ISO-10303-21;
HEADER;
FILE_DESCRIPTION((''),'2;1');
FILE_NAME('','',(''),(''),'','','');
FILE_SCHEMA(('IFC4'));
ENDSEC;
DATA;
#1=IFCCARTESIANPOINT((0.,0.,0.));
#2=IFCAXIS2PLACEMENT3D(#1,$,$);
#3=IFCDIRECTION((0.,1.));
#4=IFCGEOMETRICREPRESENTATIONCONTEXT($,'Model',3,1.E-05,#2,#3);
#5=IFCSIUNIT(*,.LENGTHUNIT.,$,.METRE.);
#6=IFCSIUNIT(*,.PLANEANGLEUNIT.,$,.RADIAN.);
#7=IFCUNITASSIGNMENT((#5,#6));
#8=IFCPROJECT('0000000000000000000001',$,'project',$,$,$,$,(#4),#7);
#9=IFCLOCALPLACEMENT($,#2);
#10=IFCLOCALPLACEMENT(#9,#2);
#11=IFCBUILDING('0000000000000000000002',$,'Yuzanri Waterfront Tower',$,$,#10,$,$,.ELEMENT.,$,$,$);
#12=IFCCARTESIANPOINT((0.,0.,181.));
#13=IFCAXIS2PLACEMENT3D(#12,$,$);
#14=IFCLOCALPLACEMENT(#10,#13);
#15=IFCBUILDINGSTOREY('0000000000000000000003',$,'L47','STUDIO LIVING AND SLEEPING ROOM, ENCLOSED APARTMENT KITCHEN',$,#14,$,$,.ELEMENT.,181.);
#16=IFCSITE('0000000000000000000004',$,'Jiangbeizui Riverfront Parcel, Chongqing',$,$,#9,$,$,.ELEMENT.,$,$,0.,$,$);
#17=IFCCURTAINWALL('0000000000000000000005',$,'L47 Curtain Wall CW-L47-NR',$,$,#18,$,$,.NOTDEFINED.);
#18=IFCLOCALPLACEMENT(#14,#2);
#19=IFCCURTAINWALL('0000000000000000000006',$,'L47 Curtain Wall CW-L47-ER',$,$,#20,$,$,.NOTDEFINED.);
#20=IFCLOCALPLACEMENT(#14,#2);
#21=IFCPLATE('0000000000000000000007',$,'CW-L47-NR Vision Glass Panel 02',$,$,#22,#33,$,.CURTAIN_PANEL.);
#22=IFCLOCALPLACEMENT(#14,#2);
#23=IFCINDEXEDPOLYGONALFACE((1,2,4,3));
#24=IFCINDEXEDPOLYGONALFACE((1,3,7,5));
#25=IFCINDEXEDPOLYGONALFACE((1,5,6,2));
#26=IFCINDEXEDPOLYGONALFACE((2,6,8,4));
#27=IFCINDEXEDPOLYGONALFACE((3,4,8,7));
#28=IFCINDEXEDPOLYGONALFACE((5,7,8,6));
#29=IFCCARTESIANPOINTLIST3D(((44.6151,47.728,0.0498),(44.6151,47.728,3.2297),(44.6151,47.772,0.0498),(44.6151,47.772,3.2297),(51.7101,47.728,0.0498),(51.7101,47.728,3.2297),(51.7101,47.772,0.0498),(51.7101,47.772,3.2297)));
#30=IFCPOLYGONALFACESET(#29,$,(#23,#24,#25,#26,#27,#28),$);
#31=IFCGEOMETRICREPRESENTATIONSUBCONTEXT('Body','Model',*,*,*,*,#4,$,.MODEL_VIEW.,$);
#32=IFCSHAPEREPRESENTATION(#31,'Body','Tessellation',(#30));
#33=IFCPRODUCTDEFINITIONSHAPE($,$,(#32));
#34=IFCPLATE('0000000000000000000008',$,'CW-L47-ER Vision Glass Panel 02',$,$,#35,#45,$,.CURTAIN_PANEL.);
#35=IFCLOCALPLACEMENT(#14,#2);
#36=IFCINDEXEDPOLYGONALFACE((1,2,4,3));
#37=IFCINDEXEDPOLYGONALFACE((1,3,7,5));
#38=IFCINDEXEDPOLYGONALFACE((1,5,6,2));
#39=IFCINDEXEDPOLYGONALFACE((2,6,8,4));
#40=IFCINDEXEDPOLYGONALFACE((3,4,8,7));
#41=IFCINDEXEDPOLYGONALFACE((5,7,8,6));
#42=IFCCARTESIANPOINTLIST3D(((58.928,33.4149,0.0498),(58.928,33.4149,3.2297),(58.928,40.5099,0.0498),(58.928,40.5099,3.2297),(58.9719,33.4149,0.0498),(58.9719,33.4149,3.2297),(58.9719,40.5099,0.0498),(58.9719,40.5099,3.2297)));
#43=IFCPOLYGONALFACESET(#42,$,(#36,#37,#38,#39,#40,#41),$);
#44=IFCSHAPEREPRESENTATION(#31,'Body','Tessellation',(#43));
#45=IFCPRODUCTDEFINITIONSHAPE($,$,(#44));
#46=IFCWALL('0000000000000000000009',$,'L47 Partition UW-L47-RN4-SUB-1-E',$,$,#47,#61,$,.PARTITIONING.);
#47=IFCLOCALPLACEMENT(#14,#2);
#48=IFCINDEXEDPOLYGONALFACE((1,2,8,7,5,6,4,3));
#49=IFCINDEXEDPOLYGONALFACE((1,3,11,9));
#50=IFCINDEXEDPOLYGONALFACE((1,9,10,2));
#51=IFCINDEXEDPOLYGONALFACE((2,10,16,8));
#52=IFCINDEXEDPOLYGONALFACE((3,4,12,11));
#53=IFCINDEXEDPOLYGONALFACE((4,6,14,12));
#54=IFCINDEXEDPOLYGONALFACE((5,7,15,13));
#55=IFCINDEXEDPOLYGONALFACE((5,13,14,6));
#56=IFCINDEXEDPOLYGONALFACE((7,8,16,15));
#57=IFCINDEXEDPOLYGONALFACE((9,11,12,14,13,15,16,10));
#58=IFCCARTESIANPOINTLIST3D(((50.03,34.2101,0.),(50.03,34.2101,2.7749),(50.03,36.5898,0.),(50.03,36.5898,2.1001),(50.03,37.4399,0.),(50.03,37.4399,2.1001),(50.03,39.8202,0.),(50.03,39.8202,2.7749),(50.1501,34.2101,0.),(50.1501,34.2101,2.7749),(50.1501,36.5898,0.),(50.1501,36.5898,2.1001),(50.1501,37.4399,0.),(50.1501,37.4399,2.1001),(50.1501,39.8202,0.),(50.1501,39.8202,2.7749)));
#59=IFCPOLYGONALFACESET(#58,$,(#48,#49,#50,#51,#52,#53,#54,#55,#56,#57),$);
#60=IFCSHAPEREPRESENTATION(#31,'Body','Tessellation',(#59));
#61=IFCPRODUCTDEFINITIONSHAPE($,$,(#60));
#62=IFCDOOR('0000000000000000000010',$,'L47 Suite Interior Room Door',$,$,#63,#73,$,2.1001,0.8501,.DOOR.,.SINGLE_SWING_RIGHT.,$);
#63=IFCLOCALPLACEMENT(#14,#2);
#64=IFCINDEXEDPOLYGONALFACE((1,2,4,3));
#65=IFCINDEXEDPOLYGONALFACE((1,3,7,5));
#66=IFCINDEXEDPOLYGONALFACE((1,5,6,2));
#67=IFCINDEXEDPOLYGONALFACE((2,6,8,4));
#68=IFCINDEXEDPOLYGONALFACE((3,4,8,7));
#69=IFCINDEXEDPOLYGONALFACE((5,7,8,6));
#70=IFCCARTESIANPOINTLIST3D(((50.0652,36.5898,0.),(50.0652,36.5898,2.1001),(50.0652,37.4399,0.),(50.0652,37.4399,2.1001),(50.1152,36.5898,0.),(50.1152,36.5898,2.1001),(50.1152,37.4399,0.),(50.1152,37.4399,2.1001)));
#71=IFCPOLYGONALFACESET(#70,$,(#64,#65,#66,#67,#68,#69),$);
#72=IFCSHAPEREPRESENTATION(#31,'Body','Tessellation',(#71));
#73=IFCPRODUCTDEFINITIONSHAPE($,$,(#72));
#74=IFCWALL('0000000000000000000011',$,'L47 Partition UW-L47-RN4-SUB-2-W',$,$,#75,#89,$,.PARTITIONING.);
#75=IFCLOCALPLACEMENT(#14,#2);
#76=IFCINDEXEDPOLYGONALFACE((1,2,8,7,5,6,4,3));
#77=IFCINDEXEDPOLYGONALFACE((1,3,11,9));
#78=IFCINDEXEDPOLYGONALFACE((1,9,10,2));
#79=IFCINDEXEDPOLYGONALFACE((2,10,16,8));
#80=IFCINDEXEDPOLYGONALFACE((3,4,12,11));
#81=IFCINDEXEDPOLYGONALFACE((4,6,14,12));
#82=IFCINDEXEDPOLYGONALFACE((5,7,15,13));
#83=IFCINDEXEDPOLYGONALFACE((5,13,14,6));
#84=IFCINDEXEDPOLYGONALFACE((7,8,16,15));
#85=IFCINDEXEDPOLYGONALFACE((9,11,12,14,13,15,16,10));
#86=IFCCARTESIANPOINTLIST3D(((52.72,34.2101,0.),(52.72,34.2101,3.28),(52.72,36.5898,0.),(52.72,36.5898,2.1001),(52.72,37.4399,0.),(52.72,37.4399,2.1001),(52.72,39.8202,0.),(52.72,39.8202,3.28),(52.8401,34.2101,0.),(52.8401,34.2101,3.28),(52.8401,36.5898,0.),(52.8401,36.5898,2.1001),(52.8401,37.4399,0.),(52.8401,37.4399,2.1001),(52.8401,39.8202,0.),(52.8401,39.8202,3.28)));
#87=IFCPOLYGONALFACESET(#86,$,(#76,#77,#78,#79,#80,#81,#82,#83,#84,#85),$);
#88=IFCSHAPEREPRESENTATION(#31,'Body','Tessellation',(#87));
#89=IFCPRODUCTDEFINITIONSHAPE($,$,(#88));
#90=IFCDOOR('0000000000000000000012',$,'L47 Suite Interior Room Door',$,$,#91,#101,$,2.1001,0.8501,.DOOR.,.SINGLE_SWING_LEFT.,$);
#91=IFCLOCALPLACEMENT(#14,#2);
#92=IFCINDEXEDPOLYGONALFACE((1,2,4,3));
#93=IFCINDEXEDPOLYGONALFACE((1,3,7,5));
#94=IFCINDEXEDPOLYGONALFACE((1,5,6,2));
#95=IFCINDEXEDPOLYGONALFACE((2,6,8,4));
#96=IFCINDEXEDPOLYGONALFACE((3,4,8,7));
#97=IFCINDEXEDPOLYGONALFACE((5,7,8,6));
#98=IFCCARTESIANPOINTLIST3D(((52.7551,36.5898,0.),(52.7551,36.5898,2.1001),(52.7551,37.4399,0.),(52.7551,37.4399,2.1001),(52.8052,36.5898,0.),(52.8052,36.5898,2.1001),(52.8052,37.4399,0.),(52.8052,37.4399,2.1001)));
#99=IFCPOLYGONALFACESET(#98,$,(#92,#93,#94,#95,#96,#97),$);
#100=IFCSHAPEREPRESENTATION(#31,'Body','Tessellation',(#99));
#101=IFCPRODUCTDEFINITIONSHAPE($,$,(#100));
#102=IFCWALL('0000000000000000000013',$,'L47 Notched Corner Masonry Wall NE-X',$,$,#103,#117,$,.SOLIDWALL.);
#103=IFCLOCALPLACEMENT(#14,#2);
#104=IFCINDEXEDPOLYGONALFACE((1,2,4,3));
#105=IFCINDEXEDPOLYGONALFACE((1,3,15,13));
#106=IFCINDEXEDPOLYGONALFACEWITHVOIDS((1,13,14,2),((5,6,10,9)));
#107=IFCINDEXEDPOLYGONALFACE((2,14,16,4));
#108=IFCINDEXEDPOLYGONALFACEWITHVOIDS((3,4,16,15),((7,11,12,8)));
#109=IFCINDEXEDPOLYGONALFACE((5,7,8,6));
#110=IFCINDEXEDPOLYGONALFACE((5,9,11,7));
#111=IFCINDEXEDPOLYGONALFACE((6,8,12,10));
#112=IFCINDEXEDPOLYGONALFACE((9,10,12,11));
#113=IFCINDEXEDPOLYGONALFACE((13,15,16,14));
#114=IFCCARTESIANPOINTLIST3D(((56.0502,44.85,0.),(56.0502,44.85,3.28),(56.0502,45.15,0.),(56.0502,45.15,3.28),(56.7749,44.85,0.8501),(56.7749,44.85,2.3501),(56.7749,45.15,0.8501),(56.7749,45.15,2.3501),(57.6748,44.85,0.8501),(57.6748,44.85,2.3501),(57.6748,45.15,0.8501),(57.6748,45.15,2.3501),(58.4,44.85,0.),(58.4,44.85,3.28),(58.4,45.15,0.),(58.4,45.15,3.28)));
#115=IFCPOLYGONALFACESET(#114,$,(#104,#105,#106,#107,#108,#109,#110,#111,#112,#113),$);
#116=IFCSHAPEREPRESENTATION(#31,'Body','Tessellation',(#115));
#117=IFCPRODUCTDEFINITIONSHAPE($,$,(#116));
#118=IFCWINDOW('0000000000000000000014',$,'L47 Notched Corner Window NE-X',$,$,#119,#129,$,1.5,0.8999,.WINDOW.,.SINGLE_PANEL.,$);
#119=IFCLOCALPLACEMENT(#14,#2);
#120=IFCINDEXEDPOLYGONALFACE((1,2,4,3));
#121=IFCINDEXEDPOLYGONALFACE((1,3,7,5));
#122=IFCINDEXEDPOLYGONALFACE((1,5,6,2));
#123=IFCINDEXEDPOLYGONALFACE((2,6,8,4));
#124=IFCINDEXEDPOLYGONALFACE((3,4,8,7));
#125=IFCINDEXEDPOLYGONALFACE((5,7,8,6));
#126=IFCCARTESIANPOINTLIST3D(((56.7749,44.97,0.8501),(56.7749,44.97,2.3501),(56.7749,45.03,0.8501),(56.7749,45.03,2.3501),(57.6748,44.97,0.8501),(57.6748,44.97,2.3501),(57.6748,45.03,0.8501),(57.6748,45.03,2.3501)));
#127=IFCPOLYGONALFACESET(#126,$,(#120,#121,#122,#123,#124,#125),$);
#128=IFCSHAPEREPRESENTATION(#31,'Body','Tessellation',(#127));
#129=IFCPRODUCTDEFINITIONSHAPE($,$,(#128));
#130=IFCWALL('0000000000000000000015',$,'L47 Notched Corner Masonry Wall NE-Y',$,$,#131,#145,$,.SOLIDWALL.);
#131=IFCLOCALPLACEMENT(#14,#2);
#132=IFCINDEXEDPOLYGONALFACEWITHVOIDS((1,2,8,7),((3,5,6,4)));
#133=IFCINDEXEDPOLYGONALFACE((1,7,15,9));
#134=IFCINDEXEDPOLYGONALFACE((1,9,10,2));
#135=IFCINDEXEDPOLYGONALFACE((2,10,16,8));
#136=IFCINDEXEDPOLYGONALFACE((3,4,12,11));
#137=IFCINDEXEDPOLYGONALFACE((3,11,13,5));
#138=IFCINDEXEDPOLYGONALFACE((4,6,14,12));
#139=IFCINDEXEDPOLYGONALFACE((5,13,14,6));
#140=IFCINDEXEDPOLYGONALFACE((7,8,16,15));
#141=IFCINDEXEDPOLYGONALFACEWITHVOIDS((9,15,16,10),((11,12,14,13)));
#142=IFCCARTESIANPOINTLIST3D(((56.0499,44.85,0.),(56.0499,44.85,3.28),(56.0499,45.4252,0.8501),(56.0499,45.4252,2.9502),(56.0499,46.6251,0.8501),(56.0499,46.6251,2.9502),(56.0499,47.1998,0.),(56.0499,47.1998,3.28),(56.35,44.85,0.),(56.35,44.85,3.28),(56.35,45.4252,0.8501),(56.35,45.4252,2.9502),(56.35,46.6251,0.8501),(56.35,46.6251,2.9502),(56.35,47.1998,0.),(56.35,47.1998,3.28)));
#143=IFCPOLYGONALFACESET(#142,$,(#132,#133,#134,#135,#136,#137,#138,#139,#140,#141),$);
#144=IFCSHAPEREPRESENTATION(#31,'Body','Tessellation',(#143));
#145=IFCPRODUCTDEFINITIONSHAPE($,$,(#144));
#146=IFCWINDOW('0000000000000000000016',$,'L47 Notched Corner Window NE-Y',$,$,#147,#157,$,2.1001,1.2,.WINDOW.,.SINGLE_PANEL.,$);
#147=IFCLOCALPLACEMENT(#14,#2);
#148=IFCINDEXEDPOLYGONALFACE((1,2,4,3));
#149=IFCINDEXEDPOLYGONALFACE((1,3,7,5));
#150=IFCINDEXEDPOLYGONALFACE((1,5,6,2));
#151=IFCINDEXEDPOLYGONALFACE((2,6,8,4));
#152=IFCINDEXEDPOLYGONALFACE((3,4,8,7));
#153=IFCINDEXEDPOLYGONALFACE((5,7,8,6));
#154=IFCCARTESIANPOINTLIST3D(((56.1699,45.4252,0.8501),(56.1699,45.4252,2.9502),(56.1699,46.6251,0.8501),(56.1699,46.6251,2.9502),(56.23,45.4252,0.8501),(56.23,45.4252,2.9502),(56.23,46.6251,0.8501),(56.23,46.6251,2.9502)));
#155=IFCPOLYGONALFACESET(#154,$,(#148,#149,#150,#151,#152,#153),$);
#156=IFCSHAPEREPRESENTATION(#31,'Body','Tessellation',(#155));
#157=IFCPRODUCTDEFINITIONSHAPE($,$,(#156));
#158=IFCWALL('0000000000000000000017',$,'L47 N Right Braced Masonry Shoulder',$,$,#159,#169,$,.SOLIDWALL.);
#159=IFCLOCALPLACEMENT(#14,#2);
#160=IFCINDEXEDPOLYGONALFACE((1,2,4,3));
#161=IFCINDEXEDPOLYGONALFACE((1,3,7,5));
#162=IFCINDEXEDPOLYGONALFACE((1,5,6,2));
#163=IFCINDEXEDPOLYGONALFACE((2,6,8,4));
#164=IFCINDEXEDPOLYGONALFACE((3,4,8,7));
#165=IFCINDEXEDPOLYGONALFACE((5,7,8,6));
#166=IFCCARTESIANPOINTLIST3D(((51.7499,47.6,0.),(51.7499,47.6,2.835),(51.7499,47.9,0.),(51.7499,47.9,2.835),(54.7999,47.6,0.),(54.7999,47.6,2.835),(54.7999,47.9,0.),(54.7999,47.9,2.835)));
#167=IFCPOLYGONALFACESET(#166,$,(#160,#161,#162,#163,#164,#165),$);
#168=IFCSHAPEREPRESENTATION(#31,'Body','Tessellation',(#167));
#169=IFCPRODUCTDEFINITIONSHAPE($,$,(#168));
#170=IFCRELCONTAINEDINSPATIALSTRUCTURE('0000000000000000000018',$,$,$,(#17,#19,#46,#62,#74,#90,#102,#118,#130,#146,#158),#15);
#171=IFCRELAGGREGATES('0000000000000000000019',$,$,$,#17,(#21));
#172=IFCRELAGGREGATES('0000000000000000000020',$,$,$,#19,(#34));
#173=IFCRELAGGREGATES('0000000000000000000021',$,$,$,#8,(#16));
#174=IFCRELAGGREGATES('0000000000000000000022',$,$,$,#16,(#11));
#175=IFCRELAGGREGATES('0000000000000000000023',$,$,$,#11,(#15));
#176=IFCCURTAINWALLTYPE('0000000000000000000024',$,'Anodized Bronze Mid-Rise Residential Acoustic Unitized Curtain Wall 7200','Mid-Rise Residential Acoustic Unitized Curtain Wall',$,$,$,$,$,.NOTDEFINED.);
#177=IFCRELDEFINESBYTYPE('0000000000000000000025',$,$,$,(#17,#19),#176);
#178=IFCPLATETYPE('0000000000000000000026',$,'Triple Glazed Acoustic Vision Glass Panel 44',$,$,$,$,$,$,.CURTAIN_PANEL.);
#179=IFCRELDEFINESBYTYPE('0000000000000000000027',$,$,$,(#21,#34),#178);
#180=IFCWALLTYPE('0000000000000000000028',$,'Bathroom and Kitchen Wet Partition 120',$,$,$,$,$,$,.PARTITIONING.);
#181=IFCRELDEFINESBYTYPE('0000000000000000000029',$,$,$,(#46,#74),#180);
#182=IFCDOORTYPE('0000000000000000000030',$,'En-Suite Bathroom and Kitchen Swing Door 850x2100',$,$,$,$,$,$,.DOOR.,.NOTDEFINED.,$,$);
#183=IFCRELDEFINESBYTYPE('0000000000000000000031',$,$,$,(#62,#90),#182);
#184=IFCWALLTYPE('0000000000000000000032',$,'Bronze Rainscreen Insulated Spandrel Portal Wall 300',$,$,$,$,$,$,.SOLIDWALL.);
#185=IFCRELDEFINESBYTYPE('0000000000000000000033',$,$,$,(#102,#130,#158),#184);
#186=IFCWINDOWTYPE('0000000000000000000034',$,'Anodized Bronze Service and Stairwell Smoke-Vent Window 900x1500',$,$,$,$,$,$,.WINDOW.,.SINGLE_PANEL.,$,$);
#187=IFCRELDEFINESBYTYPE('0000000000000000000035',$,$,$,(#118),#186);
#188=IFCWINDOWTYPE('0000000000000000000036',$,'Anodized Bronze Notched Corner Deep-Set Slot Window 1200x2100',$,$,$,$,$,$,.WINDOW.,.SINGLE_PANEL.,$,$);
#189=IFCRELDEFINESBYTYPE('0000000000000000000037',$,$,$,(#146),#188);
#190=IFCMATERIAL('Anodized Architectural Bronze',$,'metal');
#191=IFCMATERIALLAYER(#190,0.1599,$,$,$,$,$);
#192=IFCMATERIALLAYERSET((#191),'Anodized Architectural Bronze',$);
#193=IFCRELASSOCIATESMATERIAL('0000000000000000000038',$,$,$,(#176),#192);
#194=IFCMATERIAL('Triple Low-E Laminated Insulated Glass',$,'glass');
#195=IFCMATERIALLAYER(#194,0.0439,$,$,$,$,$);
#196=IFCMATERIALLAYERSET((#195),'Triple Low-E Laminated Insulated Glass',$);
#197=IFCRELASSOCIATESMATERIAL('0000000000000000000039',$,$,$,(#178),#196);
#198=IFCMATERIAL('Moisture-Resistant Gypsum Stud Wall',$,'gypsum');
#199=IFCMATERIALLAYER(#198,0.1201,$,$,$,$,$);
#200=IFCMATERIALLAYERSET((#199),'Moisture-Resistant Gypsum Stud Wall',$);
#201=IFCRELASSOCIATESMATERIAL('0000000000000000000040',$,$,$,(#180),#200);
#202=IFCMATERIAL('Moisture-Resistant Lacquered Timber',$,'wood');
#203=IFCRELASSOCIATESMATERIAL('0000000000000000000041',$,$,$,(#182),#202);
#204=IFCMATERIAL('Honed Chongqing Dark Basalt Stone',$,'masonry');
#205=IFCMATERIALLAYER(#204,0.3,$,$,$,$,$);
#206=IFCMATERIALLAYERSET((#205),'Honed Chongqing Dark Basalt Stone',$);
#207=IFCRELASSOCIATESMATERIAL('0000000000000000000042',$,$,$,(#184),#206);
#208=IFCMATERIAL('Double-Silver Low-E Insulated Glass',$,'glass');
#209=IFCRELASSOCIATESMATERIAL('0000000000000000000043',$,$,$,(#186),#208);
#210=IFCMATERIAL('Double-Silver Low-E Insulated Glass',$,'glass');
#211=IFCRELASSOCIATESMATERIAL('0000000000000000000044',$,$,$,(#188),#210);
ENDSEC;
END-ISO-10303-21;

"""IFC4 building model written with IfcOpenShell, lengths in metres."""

from ifc_helpers import new_model, si_unit, direction, frame, frame_2d, origin, origin_2d, place, context, subcontext, project, spatial, rectangle, extrude, source, transform, mapped, material, layer, layer_set, type_object, element, fill, aggregate, save


model = new_model("IFC4")

# Units and contexts
model_context = context("Model", 3, precision=1e-05, world=origin(), true_north=direction((0.0, 1.0)))
body_context = subcontext(model_context, "Body", "Model", "MODEL_VIEW")
ifc_project = project(units=[si_unit("LENGTHUNIT", "METRE"), si_unit("PLANEANGLEUNIT", "RADIAN")], contexts=[model_context])

# Site, building, storey
site_placement = place(None, origin())
site = spatial("IfcSite", under=ifc_project, at=site_placement, Name="Jiangbeizui Riverfront Parcel, Chongqing", CompositionType="ELEMENT", RefElevation=0.0)
building_placement = place(site_placement, origin())
building = spatial("IfcBuilding", under=site, at=building_placement, Name="Yuzanri Waterfront Tower", CompositionType="ELEMENT")
storey_placement = place(building_placement, frame((0.0, 0.0, 181.0)))
storey = spatial("IfcBuildingStorey", under=building, at=storey_placement, Name="L47", Description="STUDIO LIVING AND SLEEPING ROOM, ENCLOSED APARTMENT KITCHEN", CompositionType="ELEMENT", Elevation=181.0)

# Curtain walls
ifc_material_1 = material(Name="Anodized Architectural Bronze", Category="metal")
ifc_layer_1 = layer(ifc_material_1, 0.1599)
ifc_layer_set_1 = layer_set([ifc_layer_1], Name="Anodized Architectural Bronze")
curtain_wall_type = type_object("IfcCurtainWallType", Name="Anodized Bronze Mid-Rise Residential Acoustic Unitized Curtain Wall 7200", Description="Mid-Rise Residential Acoustic Unitized Curtain Wall", PredefinedType="NOTDEFINED", material=ifc_layer_set_1)
curtain_wall_1_placement = place(storey_placement, origin())
curtain_wall_1 = element("IfcCurtainWall", 1, at=curtain_wall_1_placement, inside=storey, type_object=curtain_wall_type, Name="L47 Curtain Wall CW-L47-NR", PredefinedType="NOTDEFINED")
curtain_wall_2_placement = place(storey_placement, origin())
curtain_wall_2 = element("IfcCurtainWall", 2, at=curtain_wall_2_placement, inside=storey, type_object=curtain_wall_type, Name="L47 Curtain Wall CW-L47-ER", PredefinedType="NOTDEFINED")

# Plates
ifc_material_2 = material(Name="Triple Low-E Laminated Insulated Glass", Category="glass")
ifc_layer_2 = layer(ifc_material_2, 0.0439)
ifc_layer_set_2 = layer_set([ifc_layer_2], Name="Triple Low-E Laminated Insulated Glass")
plate_type_1 = type_object("IfcPlateType", Name="Triple Glazed Acoustic Vision Glass Panel 44", PredefinedType="CURTAIN_PANEL", material=ifc_layer_set_2)
shared_shape_1 = source(origin(), body_context, "Body", "SweptSolid", [
    extrude(rectangle(XDim=7.095, YDim=0.0439, at=origin_2d()), origin(), (0.0, 0.0, 1.0), 3.1799),
])
plate_1_placement = place(storey_placement, frame((48.1626, 47.75, 0.0498), z_axis=(0.0, 0.0, 1.0), x_axis=(1.0, 0.0, 0.0)))
plate_1 = element("IfcPlate", 3, at=plate_1_placement, type_object=plate_type_1, Name="CW-L47-NR Vision Glass Panel 02", PredefinedType="CURTAIN_PANEL", context=body_context, shape_type="MappedRepresentation", body=[
    mapped(shared_shape_1, transform((0.0, 0.0, 0.0), scale=1.0)),
])
aggregate(curtain_wall_1, [plate_1])
plate_2_placement = place(storey_placement, frame((58.95, 36.9624, 0.0498), z_axis=(0.0, 0.0, 1.0), x_axis=(0.0, 1.0, 0.0)))
plate_2 = element("IfcPlate", 4, at=plate_2_placement, type_object=plate_type_1, Name="CW-L47-ER Vision Glass Panel 02", PredefinedType="CURTAIN_PANEL", context=body_context, shape_type="MappedRepresentation", body=[
    mapped(shared_shape_1, transform((0.0, 0.0, 0.0), scale=1.0)),
])
aggregate(curtain_wall_2, [plate_2])

# Walls, openings, doors
ifc_material_3 = material(Name="Moisture-Resistant Gypsum Stud Wall", Category="gypsum")
ifc_layer_3 = layer(ifc_material_3, 0.1201)
ifc_layer_set_3 = layer_set([ifc_layer_3], Name="Moisture-Resistant Gypsum Stud Wall")
wall_type_1 = type_object("IfcWallType", Name="Bathroom and Kitchen Wet Partition 120", PredefinedType="PARTITIONING", material=ifc_layer_set_3)
wall_1_placement = place(storey_placement, frame((50.0901, 34.21, 0.0), z_axis=(0.0, 0.0, 1.0), x_axis=(0.0, 1.0, 0.0)))
wall_1 = element("IfcWall", 5, at=wall_1_placement, inside=storey, type_object=wall_type_1, Name="L47 Partition UW-L47-RN4-SUB-1-E", PredefinedType="PARTITIONING", context=body_context, shape_type="SweptSolid", body=[
    extrude(rectangle(XDim=5.6101, YDim=0.1201, at=frame_2d((2.8052, 0.0))), origin(), (0.0, 0.0, 1.0), 2.7749),
])
opening_1_placement = place(wall_1_placement, frame((2.3799, 0.0, 0.0)))
opening_1 = element("IfcOpeningElement", 6, at=opening_1_placement, cuts=wall_1, PredefinedType="OPENING", context=body_context, shape_type="SweptSolid", body=[
    extrude(rectangle(XDim=0.8501, YDim=2.1001, at=frame_2d((0.425, 1.05))), frame((0.0, 0.075, 0.0), z_axis=(0.0, -1.0, 0.0), x_axis=(1.0, 0.0, 0.0)), (0.0, 0.0, 1.0), 0.1499),
])
ifc_material_4 = material(Name="Moisture-Resistant Lacquered Timber", Category="wood")
door_type = type_object("IfcDoorType", Name="En-Suite Bathroom and Kitchen Swing Door 850x2100", OperationType="NOTDEFINED", PredefinedType="DOOR", material=ifc_material_4)
shared_shape_2 = source(origin(), body_context, "Body", "SweptSolid", [
    extrude(rectangle(XDim=0.8501, YDim=2.1001, at=frame_2d((0.425, 1.05))), frame((0.0, 0.0249, 0.0), z_axis=(0.0, -1.0, 0.0), x_axis=(1.0, 0.0, 0.0)), (0.0, 0.0, 1.0), 0.05),
])
door_1_placement = place(opening_1_placement, origin())
door_1 = element("IfcDoor", 7, at=door_1_placement, inside=storey, type_object=door_type, Name="L47 Suite Interior Room Door", OperationType="SINGLE_SWING_RIGHT", OverallHeight=2.1001, OverallWidth=0.8501, PredefinedType="DOOR", context=body_context, shape_type="MappedRepresentation", body=[
    mapped(shared_shape_2, transform((0.0, 0.0, 0.0), scale=1.0)),
])
fill(opening_1, door_1)
wall_2_placement = place(storey_placement, frame((52.78, 34.21, 0.0), z_axis=(0.0, 0.0, 1.0), x_axis=(0.0, 1.0, 0.0)))
wall_2 = element("IfcWall", 8, at=wall_2_placement, inside=storey, type_object=wall_type_1, Name="L47 Partition UW-L47-RN4-SUB-2-W", PredefinedType="PARTITIONING", context=body_context, shape_type="SweptSolid", body=[
    extrude(rectangle(XDim=5.6101, YDim=0.1201, at=frame_2d((2.8052, 0.0))), origin(), (0.0, 0.0, 1.0), 3.28),
])
opening_2_placement = place(wall_2_placement, frame((2.3799, 0.0, 0.0)))
opening_2 = element("IfcOpeningElement", 9, at=opening_2_placement, cuts=wall_2, PredefinedType="OPENING", context=body_context, shape_type="SweptSolid", body=[
    extrude(rectangle(XDim=0.8501, YDim=2.1001, at=frame_2d((0.425, 1.05))), frame((0.0, 0.075, 0.0), z_axis=(0.0, -1.0, 0.0), x_axis=(1.0, 0.0, 0.0)), (0.0, 0.0, 1.0), 0.1499),
])
door_2_placement = place(opening_2_placement, origin())
door_2 = element("IfcDoor", 10, at=door_2_placement, inside=storey, type_object=door_type, Name="L47 Suite Interior Room Door", OperationType="SINGLE_SWING_LEFT", OverallHeight=2.1001, OverallWidth=0.8501, PredefinedType="DOOR", context=body_context, shape_type="MappedRepresentation", body=[
    mapped(shared_shape_2, transform((0.0, 0.0, 0.0), scale=1.0)),
])
fill(opening_2, door_2)

# Walls, openings, windows
ifc_material_5 = material(Name="Honed Chongqing Dark Basalt Stone", Category="masonry")
ifc_layer_4 = layer(ifc_material_5, 0.3)
ifc_layer_set_4 = layer_set([ifc_layer_4], Name="Honed Chongqing Dark Basalt Stone")
wall_type_2 = type_object("IfcWallType", Name="Bronze Rainscreen Insulated Spandrel Portal Wall 300", PredefinedType="SOLIDWALL", material=ifc_layer_set_4)
wall_3_placement = place(storey_placement, frame((58.3999, 45.0, 0.0), z_axis=(0.0, 0.0, 1.0), x_axis=(-1.0, 0.0, 0.0)))
wall_3 = element("IfcWall", 11, at=wall_3_placement, inside=storey, type_object=wall_type_2, Name="L47 Notched Corner Masonry Wall NE-X", PredefinedType="SOLIDWALL", context=body_context, shape_type="SweptSolid", body=[
    extrude(rectangle(XDim=2.3499, YDim=0.3, at=frame_2d((1.1748, 0.0))), origin(), (0.0, 0.0, 1.0), 3.28),
])
opening_3_placement = place(wall_3_placement, frame((0.7251, 0.0, 0.8501)))
opening_3 = element("IfcOpeningElement", 12, at=opening_3_placement, cuts=wall_3, PredefinedType="OPENING", context=body_context, shape_type="SweptSolid", body=[
    extrude(rectangle(XDim=0.8999, YDim=1.5, at=frame_2d((0.45, 0.75))), frame((0.0, 0.165, 0.0), z_axis=(0.0, -1.0, 0.0), x_axis=(1.0, 0.0, 0.0)), (0.0, 0.0, 1.0), 0.3298),
])
ifc_material_6 = material(Name="Double-Silver Low-E Insulated Glass", Category="glass")
window_type_1 = type_object("IfcWindowType", Name="Anodized Bronze Service and Stairwell Smoke-Vent Window 900x1500", PartitioningType="SINGLE_PANEL", PredefinedType="WINDOW", material=ifc_material_6)
shared_shape_3 = source(origin(), body_context, "Body", "SweptSolid", [
    extrude(rectangle(XDim=0.8999, YDim=1.5, at=frame_2d((0.45, 0.75))), frame((0.0, 0.03, 0.0), z_axis=(0.0, -1.0, 0.0), x_axis=(1.0, 0.0, 0.0)), (0.0, 0.0, 1.0), 0.0601),
])
window_1_placement = place(opening_3_placement, origin())
window_1 = element("IfcWindow", 13, at=window_1_placement, inside=storey, type_object=window_type_1, Name="L47 Notched Corner Window NE-X", OverallHeight=1.5, OverallWidth=0.8999, PartitioningType="SINGLE_PANEL", PredefinedType="WINDOW", context=body_context, shape_type="MappedRepresentation", body=[
    mapped(shared_shape_3, transform((0.0, 0.0, 0.0), scale=1.0)),
])
fill(opening_3, window_1)
wall_4_placement = place(storey_placement, frame((56.2, 44.8501, 0.0), z_axis=(0.0, 0.0, 1.0), x_axis=(0.0, 1.0, 0.0)))
wall_4 = element("IfcWall", 14, at=wall_4_placement, inside=storey, type_object=wall_type_2, Name="L47 Notched Corner Masonry Wall NE-Y", PredefinedType="SOLIDWALL", context=body_context, shape_type="SweptSolid", body=[
    extrude(rectangle(XDim=2.3499, YDim=0.3, at=frame_2d((1.1748, 0.0))), origin(), (0.0, 0.0, 1.0), 3.28),
])
opening_4_placement = place(wall_4_placement, frame((0.575, 0.0, 0.8501)))
opening_4 = element("IfcOpeningElement", 15, at=opening_4_placement, cuts=wall_4, PredefinedType="OPENING", context=body_context, shape_type="SweptSolid", body=[
    extrude(rectangle(XDim=1.2, YDim=2.1001, at=frame_2d((0.6001, 1.05))), frame((0.0, 0.165, 0.0), z_axis=(0.0, -1.0, 0.0), x_axis=(1.0, 0.0, 0.0)), (0.0, 0.0, 1.0), 0.3298),
])
ifc_material_7 = material(Name="Double-Silver Low-E Insulated Glass", Category="glass")
window_type_2 = type_object("IfcWindowType", Name="Anodized Bronze Notched Corner Deep-Set Slot Window 1200x2100", PartitioningType="SINGLE_PANEL", PredefinedType="WINDOW", material=ifc_material_7)
shared_shape_4 = source(origin(), body_context, "Body", "SweptSolid", [
    extrude(rectangle(XDim=1.2, YDim=2.1001, at=frame_2d((0.6001, 1.05))), frame((0.0, 0.03, 0.0), z_axis=(0.0, -1.0, 0.0), x_axis=(1.0, 0.0, 0.0)), (0.0, 0.0, 1.0), 0.0601),
])
window_2_placement = place(opening_4_placement, origin())
window_2 = element("IfcWindow", 16, at=window_2_placement, inside=storey, type_object=window_type_2, Name="L47 Notched Corner Window NE-Y", OverallHeight=2.1001, OverallWidth=1.2, PartitioningType="SINGLE_PANEL", PredefinedType="WINDOW", context=body_context, shape_type="MappedRepresentation", body=[
    mapped(shared_shape_4, transform((0.0, 0.0, 0.0), scale=1.0)),
])
fill(opening_4, window_2)

# Wall
shared_shape_5 = source(origin(), body_context, "Body", "SweptSolid", [
    extrude(rectangle(XDim=3.05, YDim=0.3, at=frame_2d((1.5249, 0.0))), origin(), (0.0, 0.0, 1.0), 2.835),
])
for number, where, z_axis, x_axis, name in (
    (17, (51.75, 47.75, 0.0), (0.0, 0.0, 1.0), (1.0, 0.0, 0.0), "L47 N Right Braced Masonry Shoulder"),
):
    element("IfcWall", number, at=place(storey_placement, frame(where, z_axis=z_axis, x_axis=x_axis)), inside=storey, type_object=wall_type_2, Name=name, PredefinedType="SOLIDWALL", context=body_context, shape_type="MappedRepresentation", body=[
        mapped(shared_shape_5, transform((0.0, 0.0, 0.0), scale=1.0)),
    ])

save(model, "model.ifc")
